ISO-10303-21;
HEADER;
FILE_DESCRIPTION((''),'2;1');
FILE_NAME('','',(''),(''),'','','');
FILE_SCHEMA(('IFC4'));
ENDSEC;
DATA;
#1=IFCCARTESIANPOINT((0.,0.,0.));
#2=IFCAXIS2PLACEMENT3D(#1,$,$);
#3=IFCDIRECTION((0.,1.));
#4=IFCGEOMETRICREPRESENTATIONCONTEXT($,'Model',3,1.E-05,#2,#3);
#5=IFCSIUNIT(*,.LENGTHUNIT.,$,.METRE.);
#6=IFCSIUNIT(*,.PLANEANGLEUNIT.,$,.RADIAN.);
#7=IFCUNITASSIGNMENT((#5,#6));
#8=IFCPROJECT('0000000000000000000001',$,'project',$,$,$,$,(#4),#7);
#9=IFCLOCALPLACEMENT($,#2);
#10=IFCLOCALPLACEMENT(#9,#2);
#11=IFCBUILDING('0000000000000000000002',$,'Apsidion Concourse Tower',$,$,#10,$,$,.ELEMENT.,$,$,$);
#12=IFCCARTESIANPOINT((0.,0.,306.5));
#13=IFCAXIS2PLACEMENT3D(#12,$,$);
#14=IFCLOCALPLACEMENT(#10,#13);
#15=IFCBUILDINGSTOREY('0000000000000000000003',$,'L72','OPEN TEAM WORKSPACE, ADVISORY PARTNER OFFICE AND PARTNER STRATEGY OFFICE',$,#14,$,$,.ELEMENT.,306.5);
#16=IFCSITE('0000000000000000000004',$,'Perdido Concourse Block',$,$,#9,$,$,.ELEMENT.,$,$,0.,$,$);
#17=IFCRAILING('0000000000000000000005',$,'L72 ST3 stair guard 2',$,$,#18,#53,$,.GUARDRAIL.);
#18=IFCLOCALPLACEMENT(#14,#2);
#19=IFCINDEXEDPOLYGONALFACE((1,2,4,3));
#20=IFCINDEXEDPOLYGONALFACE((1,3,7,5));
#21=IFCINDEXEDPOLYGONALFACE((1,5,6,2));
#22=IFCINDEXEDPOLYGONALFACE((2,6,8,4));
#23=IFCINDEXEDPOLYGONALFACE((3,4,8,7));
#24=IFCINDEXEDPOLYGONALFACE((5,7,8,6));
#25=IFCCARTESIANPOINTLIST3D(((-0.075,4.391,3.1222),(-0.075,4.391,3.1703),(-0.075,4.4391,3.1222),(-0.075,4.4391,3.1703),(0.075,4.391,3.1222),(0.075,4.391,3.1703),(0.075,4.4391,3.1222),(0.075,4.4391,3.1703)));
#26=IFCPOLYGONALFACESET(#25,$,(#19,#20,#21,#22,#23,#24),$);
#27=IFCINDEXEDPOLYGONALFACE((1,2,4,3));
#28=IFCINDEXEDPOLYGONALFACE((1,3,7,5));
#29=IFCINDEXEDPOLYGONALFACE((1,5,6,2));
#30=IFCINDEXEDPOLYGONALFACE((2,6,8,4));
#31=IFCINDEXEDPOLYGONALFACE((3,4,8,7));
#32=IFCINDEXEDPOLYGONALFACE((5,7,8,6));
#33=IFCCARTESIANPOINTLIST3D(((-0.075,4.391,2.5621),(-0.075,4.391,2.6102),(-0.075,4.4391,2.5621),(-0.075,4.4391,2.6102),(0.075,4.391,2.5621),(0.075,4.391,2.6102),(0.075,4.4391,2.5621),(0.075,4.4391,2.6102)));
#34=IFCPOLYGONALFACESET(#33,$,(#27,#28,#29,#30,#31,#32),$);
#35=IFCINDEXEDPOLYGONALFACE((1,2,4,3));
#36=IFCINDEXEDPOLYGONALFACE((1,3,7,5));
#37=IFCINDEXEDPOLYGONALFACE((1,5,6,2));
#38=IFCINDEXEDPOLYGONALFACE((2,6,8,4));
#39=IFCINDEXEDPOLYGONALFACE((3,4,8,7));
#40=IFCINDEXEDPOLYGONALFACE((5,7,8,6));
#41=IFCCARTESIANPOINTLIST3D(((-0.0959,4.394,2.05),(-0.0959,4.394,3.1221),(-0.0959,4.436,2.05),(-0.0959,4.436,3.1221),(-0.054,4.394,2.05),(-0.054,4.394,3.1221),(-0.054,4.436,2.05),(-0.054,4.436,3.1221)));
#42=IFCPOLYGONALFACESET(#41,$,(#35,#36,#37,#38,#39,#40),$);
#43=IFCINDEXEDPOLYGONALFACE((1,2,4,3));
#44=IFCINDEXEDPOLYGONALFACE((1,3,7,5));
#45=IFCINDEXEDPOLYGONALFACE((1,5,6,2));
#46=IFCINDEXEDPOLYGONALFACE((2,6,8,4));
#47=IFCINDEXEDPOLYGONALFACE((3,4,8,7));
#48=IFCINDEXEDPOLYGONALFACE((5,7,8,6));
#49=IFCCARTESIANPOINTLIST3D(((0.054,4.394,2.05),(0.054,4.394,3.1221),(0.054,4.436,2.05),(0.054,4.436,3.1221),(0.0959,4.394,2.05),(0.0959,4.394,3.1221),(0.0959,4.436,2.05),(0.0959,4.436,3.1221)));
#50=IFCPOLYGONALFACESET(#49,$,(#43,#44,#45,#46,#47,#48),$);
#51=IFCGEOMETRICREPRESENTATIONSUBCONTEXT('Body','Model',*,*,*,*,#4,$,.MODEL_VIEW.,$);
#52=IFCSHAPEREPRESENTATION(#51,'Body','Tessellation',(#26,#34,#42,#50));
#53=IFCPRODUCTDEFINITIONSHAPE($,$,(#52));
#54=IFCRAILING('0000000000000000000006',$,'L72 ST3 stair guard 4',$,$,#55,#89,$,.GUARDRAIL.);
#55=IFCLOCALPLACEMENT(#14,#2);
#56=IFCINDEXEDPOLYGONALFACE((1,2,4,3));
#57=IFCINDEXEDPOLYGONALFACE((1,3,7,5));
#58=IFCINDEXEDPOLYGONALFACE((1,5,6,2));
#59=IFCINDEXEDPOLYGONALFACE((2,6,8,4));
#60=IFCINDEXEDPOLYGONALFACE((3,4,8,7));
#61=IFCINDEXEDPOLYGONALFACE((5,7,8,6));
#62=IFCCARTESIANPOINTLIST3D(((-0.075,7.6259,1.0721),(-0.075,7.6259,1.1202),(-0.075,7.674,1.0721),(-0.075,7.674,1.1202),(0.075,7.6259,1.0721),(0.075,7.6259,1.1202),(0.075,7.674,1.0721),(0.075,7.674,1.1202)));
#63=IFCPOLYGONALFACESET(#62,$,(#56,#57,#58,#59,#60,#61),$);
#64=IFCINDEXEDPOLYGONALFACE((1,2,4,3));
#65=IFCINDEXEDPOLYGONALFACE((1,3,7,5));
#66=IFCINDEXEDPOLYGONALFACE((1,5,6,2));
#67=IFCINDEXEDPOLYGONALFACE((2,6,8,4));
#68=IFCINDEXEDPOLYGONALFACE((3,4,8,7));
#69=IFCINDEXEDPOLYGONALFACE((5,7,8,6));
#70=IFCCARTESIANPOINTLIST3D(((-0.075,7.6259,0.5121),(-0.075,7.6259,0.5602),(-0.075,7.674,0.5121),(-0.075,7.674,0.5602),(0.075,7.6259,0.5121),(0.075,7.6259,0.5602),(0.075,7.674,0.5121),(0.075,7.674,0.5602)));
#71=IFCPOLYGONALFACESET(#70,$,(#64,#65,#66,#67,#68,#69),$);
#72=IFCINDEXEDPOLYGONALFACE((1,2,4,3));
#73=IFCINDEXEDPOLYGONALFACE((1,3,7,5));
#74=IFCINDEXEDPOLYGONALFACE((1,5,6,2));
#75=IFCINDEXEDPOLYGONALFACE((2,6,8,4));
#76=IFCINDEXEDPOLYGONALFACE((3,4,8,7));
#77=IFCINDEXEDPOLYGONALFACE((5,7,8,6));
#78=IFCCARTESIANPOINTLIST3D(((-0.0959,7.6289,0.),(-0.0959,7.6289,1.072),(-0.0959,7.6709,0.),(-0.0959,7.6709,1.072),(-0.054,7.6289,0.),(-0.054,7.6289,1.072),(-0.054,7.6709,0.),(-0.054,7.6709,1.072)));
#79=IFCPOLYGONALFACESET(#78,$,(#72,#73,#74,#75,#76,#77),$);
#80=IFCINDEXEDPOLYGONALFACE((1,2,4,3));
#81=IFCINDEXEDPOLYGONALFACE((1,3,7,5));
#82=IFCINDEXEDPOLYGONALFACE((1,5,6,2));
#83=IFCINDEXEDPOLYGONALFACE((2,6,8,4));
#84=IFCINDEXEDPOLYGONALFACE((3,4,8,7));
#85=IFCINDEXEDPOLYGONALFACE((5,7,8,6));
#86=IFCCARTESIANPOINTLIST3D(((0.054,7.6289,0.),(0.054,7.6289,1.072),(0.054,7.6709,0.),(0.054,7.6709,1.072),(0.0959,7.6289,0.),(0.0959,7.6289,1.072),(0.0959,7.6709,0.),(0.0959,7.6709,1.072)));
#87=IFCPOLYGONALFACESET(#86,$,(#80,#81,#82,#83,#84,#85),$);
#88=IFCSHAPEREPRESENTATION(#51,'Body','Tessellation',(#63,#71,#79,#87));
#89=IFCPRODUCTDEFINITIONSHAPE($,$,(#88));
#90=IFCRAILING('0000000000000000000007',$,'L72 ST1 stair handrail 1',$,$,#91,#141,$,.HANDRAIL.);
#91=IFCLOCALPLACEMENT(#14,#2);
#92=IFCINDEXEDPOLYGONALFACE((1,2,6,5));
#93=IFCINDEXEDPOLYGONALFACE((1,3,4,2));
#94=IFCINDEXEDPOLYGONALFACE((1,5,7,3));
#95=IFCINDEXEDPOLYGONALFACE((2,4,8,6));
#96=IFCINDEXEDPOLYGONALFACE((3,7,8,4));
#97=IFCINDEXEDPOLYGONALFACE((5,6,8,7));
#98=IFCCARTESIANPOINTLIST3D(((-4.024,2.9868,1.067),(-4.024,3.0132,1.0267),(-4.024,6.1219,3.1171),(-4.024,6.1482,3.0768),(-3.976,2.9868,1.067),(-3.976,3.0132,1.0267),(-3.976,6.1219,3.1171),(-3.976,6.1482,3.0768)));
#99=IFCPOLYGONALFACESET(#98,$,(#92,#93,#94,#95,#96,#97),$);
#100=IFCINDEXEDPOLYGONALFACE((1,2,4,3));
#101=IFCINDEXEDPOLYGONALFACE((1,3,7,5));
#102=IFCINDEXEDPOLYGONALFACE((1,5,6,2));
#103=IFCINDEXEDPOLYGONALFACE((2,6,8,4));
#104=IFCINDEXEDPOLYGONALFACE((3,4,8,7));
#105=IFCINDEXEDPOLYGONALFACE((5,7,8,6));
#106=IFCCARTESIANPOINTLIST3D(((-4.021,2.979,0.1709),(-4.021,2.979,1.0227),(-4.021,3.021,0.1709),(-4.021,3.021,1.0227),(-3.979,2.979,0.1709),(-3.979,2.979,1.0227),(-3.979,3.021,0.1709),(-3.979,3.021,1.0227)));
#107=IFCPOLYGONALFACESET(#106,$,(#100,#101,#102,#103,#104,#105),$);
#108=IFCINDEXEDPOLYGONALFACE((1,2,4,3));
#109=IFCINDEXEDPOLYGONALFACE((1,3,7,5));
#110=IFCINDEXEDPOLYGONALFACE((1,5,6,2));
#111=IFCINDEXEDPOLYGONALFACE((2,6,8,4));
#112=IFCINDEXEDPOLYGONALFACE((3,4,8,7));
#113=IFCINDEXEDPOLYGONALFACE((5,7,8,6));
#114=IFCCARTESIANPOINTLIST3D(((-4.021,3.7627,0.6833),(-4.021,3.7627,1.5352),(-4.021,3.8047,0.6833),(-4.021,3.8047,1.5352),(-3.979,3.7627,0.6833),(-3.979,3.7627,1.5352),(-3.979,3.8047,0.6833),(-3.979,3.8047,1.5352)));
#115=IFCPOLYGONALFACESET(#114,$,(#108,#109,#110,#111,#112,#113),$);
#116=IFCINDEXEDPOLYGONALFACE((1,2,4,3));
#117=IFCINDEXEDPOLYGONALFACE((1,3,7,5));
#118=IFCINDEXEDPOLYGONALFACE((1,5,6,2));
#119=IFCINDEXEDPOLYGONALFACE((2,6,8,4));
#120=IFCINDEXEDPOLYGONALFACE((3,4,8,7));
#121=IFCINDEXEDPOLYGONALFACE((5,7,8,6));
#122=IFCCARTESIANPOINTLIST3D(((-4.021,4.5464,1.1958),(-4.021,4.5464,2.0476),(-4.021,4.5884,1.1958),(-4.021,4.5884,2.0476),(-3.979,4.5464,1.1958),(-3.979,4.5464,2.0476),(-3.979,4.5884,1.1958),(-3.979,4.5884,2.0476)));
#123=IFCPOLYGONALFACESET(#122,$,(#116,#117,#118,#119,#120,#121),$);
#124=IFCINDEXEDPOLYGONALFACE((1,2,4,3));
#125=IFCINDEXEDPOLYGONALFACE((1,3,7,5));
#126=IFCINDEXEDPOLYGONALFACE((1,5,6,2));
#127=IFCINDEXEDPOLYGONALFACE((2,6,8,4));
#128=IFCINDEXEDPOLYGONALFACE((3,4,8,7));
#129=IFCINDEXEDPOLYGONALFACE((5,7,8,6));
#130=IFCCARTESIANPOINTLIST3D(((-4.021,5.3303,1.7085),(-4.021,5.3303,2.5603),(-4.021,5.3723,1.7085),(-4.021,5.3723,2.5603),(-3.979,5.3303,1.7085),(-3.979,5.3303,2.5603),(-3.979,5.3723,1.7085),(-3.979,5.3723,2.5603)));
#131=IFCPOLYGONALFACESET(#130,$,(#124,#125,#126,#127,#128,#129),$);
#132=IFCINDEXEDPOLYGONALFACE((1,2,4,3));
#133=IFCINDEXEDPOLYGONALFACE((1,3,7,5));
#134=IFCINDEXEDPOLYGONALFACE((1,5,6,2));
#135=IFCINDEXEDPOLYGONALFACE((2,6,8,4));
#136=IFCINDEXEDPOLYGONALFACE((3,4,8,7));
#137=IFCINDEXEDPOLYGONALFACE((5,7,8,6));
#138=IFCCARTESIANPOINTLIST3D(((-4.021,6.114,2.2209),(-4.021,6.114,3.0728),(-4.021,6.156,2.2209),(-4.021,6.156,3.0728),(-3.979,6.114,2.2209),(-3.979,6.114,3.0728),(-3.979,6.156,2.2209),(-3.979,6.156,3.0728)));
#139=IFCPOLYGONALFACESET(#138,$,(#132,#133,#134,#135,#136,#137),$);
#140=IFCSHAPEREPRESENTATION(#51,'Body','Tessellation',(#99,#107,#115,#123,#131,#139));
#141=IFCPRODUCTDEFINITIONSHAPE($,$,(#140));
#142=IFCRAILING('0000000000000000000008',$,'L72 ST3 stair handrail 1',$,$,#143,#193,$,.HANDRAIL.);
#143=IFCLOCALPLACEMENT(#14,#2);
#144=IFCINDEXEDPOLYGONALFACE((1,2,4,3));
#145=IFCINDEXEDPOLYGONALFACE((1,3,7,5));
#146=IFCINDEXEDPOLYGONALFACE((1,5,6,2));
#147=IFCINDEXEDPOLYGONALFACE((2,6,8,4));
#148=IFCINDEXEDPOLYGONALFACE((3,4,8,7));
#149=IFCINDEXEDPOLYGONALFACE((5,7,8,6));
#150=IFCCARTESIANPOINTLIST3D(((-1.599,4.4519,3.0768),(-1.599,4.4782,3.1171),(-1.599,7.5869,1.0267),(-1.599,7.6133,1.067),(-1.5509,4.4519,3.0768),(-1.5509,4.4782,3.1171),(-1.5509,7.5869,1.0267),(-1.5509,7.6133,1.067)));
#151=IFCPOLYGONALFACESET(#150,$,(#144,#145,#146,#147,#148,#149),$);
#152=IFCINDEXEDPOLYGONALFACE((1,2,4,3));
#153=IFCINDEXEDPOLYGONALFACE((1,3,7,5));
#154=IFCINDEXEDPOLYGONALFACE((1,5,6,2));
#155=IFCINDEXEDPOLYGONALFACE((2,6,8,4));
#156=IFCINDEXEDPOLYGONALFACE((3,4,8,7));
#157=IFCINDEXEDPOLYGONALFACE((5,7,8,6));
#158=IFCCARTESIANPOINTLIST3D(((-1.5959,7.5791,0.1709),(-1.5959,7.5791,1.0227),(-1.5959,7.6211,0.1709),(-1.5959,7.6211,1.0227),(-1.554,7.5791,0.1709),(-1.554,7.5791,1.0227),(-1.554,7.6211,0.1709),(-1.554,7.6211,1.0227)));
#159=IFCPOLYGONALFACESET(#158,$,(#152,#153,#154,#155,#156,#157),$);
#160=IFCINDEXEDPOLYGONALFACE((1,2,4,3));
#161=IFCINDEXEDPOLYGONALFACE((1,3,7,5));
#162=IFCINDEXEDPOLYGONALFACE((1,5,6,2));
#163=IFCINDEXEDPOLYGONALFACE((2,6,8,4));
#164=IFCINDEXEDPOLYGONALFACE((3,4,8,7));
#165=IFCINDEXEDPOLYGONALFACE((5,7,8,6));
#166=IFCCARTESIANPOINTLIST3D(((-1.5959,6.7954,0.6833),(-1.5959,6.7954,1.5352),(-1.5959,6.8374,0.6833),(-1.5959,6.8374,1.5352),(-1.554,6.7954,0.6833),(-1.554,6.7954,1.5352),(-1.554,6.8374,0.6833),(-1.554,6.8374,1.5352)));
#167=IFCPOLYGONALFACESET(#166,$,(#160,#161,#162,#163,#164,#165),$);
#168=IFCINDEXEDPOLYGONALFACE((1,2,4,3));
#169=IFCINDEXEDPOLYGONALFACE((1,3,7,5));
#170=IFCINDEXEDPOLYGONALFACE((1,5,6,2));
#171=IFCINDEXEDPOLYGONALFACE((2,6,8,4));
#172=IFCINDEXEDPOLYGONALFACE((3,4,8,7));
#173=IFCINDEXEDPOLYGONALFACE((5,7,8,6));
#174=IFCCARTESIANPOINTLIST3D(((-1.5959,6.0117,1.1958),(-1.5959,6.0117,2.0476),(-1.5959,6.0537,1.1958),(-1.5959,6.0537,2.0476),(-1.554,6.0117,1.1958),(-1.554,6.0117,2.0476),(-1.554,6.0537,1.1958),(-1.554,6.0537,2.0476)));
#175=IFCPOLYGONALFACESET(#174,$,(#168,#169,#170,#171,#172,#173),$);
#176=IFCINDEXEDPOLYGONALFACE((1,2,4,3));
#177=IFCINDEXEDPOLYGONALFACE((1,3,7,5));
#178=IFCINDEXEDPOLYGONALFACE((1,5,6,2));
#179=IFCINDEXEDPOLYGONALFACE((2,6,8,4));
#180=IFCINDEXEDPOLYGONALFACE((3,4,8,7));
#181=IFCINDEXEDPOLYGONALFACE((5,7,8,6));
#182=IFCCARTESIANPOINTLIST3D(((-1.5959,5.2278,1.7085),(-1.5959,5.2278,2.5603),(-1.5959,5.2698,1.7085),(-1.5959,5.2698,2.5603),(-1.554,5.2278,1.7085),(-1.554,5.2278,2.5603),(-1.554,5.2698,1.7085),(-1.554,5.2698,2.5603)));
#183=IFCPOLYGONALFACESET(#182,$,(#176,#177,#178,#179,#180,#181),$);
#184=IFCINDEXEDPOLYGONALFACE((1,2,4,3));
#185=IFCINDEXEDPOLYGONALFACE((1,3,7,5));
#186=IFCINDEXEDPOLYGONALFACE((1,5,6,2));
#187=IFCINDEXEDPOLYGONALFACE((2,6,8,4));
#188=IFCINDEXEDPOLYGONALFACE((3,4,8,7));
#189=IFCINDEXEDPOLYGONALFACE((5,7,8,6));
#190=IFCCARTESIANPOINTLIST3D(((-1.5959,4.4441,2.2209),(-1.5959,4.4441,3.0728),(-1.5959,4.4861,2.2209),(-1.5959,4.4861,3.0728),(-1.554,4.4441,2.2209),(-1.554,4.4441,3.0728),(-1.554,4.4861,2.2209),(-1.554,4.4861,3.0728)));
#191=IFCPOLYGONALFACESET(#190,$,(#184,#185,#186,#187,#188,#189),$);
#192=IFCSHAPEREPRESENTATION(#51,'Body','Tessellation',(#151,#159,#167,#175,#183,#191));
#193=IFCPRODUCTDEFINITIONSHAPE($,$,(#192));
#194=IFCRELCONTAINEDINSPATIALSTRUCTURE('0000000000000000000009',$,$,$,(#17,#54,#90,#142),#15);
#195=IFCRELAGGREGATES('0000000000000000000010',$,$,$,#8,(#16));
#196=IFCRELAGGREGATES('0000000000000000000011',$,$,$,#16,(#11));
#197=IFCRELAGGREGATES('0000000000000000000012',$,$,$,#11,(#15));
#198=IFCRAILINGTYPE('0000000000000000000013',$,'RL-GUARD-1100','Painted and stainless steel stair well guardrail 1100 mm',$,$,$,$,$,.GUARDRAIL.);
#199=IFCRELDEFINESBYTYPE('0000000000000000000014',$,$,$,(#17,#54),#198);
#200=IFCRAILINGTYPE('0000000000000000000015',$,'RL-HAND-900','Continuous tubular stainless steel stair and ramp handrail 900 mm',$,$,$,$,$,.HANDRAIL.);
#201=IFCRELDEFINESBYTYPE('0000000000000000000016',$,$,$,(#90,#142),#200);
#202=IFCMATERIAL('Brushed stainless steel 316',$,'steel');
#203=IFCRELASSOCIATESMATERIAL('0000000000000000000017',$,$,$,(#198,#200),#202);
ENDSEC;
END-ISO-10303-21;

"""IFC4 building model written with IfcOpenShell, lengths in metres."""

from ifc_helpers import new_model, si_unit, direction, frame, origin, origin_2d, place, context, subcontext, project, spatial, rectangle, extrude, material, type_object, element, save


model = new_model("IFC4")

# Units and contexts
model_context = context("Model", 3, precision=1e-05, world=origin(), true_north=direction((0.0, 1.0)))
body_context = subcontext(model_context, "Body", "Model", "MODEL_VIEW")
ifc_project = project(units=[si_unit("LENGTHUNIT", "METRE"), si_unit("PLANEANGLEUNIT", "RADIAN")], contexts=[model_context])

# Site, building, storey
site_placement = place(None, origin())
site = spatial("IfcSite", under=ifc_project, at=site_placement, Name="Perdido Concourse Block", CompositionType="ELEMENT", RefElevation=0.0)
building_placement = place(site_placement, origin())
building = spatial("IfcBuilding", under=site, at=building_placement, Name="Apsidion Concourse Tower", CompositionType="ELEMENT")
storey_placement = place(building_placement, frame((0.0, 0.0, 306.5)))
storey = spatial("IfcBuildingStorey", under=building, at=storey_placement, Name="L72", Description="OPEN TEAM WORKSPACE, ADVISORY PARTNER OFFICE AND PARTNER STRATEGY OFFICE", CompositionType="ELEMENT", Elevation=306.5)

# Shared definitions
ifc_material_1 = material(Name="Brushed stainless steel 316", Category="steel")

# Railings
railing_type_1 = type_object("IfcRailingType", Name="RL-GUARD-1100", Description="Painted and stainless steel stair well guardrail 1100 mm", PredefinedType="GUARDRAIL", material=ifc_material_1)
for number, where, name in (
    (1, (-0.075, 4.415, 2.05), "L72 ST3 stair guard 2"),
    (2, (-0.075, 7.6499, 0.0), "L72 ST3 stair guard 4"),
):
    element("IfcRailing", number, at=place(storey_placement, frame(where)), inside=storey, type_object=railing_type_1, Name=name, PredefinedType="GUARDRAIL", context=body_context, shape_type="SweptSolid", body=[
        extrude(rectangle(XDim=0.0481, YDim=0.0481, at=origin_2d()), frame((0.0, 0.0, 1.0962), z_axis=(1.0, 0.0, 0.0), x_axis=(0.0, 1.0, 0.0)), (0.0, 0.0, 1.0), 0.1499),
        extrude(rectangle(XDim=0.0481, YDim=0.0481, at=origin_2d()), frame((0.0, 0.0, 0.5361), z_axis=(1.0, 0.0, 0.0), x_axis=(0.0, 1.0, 0.0)), (0.0, 0.0, 1.0), 0.1499),
        extrude(rectangle(XDim=0.042, YDim=0.042, at=origin_2d()), origin(), (0.0, 0.0, 1.0), 1.072),
        extrude(rectangle(XDim=0.042, YDim=0.042, at=origin_2d()), frame((0.1499, 0.0, 0.0)), (0.0, 0.0, 1.0), 1.072),
    ])
railing_type_2 = type_object("IfcRailingType", Name="RL-HAND-900", Description="Continuous tubular stainless steel stair and ramp handrail 900 mm", PredefinedType="HANDRAIL", material=ifc_material_1)
railing_1_placement = place(storey_placement, frame((-4.0, 3.0, 0.1709)))
element("IfcRailing", 3, at=railing_1_placement, inside=storey, type_object=railing_type_2, Name="L72 ST1 stair handrail 1", PredefinedType="HANDRAIL", context=body_context, shape_type="SweptSolid", body=[
    extrude(rectangle(XDim=0.0481, YDim=0.0481, at=origin_2d()), frame((0.0, 0.0, 0.876), z_axis=(0.0, 0.836941, 0.547293), x_axis=(-1.0, 0.0, 0.0)), (0.0, 0.0, 1.0), 3.7458),
    extrude(rectangle(XDim=0.042, YDim=0.042, at=origin_2d()), origin(), (0.0, 0.0, 1.0), 0.8518),
    extrude(rectangle(XDim=0.042, YDim=0.042, at=origin_2d()), frame((0.0, 0.7837, 0.5125)), (0.0, 0.0, 1.0), 0.8518),
    extrude(rectangle(XDim=0.042, YDim=0.042, at=origin_2d()), frame((0.0, 1.5674, 1.0249)), (0.0, 0.0, 1.0), 0.8518),
    extrude(rectangle(XDim=0.042, YDim=0.042, at=origin_2d()), frame((0.0, 2.3513, 1.5376)), (0.0, 0.0, 1.0), 0.8518),
    extrude(rectangle(XDim=0.042, YDim=0.042, at=origin_2d()), frame((0.0, 3.135, 2.05)), (0.0, 0.0, 1.0), 0.8518),
])
railing_2_placement = place(storey_placement, frame((-1.575, 7.6001, 0.1709)))
element("IfcRailing", 4, at=railing_2_placement, inside=storey, type_object=railing_type_2, Name="L72 ST3 stair handrail 1", PredefinedType="HANDRAIL", context=body_context, shape_type="SweptSolid", body=[
    extrude(rectangle(XDim=0.0481, YDim=0.0481, at=origin_2d()), frame((0.0, 0.0, 0.876), z_axis=(0.0, -0.836941, 0.547293), x_axis=(1.0, 0.0, 0.0)), (0.0, 0.0, 1.0), 3.7458),
    extrude(rectangle(XDim=0.042, YDim=0.042, at=origin_2d()), origin(), (0.0, 0.0, 1.0), 0.8518),
    extrude(rectangle(XDim=0.042, YDim=0.042, at=origin_2d()), frame((0.0, -0.7837, 0.5125)), (0.0, 0.0, 1.0), 0.8518),
    extrude(rectangle(XDim=0.042, YDim=0.042, at=origin_2d()), frame((0.0, -1.5674, 1.0249)), (0.0, 0.0, 1.0), 0.8518),
    extrude(rectangle(XDim=0.042, YDim=0.042, at=origin_2d()), frame((0.0, -2.3513, 1.5376)), (0.0, 0.0, 1.0), 0.8518),
    extrude(rectangle(XDim=0.042, YDim=0.042, at=origin_2d()), frame((0.0, -3.135, 2.05)), (0.0, 0.0, 1.0), 0.8518),
])

save(model, "model.ifc")
